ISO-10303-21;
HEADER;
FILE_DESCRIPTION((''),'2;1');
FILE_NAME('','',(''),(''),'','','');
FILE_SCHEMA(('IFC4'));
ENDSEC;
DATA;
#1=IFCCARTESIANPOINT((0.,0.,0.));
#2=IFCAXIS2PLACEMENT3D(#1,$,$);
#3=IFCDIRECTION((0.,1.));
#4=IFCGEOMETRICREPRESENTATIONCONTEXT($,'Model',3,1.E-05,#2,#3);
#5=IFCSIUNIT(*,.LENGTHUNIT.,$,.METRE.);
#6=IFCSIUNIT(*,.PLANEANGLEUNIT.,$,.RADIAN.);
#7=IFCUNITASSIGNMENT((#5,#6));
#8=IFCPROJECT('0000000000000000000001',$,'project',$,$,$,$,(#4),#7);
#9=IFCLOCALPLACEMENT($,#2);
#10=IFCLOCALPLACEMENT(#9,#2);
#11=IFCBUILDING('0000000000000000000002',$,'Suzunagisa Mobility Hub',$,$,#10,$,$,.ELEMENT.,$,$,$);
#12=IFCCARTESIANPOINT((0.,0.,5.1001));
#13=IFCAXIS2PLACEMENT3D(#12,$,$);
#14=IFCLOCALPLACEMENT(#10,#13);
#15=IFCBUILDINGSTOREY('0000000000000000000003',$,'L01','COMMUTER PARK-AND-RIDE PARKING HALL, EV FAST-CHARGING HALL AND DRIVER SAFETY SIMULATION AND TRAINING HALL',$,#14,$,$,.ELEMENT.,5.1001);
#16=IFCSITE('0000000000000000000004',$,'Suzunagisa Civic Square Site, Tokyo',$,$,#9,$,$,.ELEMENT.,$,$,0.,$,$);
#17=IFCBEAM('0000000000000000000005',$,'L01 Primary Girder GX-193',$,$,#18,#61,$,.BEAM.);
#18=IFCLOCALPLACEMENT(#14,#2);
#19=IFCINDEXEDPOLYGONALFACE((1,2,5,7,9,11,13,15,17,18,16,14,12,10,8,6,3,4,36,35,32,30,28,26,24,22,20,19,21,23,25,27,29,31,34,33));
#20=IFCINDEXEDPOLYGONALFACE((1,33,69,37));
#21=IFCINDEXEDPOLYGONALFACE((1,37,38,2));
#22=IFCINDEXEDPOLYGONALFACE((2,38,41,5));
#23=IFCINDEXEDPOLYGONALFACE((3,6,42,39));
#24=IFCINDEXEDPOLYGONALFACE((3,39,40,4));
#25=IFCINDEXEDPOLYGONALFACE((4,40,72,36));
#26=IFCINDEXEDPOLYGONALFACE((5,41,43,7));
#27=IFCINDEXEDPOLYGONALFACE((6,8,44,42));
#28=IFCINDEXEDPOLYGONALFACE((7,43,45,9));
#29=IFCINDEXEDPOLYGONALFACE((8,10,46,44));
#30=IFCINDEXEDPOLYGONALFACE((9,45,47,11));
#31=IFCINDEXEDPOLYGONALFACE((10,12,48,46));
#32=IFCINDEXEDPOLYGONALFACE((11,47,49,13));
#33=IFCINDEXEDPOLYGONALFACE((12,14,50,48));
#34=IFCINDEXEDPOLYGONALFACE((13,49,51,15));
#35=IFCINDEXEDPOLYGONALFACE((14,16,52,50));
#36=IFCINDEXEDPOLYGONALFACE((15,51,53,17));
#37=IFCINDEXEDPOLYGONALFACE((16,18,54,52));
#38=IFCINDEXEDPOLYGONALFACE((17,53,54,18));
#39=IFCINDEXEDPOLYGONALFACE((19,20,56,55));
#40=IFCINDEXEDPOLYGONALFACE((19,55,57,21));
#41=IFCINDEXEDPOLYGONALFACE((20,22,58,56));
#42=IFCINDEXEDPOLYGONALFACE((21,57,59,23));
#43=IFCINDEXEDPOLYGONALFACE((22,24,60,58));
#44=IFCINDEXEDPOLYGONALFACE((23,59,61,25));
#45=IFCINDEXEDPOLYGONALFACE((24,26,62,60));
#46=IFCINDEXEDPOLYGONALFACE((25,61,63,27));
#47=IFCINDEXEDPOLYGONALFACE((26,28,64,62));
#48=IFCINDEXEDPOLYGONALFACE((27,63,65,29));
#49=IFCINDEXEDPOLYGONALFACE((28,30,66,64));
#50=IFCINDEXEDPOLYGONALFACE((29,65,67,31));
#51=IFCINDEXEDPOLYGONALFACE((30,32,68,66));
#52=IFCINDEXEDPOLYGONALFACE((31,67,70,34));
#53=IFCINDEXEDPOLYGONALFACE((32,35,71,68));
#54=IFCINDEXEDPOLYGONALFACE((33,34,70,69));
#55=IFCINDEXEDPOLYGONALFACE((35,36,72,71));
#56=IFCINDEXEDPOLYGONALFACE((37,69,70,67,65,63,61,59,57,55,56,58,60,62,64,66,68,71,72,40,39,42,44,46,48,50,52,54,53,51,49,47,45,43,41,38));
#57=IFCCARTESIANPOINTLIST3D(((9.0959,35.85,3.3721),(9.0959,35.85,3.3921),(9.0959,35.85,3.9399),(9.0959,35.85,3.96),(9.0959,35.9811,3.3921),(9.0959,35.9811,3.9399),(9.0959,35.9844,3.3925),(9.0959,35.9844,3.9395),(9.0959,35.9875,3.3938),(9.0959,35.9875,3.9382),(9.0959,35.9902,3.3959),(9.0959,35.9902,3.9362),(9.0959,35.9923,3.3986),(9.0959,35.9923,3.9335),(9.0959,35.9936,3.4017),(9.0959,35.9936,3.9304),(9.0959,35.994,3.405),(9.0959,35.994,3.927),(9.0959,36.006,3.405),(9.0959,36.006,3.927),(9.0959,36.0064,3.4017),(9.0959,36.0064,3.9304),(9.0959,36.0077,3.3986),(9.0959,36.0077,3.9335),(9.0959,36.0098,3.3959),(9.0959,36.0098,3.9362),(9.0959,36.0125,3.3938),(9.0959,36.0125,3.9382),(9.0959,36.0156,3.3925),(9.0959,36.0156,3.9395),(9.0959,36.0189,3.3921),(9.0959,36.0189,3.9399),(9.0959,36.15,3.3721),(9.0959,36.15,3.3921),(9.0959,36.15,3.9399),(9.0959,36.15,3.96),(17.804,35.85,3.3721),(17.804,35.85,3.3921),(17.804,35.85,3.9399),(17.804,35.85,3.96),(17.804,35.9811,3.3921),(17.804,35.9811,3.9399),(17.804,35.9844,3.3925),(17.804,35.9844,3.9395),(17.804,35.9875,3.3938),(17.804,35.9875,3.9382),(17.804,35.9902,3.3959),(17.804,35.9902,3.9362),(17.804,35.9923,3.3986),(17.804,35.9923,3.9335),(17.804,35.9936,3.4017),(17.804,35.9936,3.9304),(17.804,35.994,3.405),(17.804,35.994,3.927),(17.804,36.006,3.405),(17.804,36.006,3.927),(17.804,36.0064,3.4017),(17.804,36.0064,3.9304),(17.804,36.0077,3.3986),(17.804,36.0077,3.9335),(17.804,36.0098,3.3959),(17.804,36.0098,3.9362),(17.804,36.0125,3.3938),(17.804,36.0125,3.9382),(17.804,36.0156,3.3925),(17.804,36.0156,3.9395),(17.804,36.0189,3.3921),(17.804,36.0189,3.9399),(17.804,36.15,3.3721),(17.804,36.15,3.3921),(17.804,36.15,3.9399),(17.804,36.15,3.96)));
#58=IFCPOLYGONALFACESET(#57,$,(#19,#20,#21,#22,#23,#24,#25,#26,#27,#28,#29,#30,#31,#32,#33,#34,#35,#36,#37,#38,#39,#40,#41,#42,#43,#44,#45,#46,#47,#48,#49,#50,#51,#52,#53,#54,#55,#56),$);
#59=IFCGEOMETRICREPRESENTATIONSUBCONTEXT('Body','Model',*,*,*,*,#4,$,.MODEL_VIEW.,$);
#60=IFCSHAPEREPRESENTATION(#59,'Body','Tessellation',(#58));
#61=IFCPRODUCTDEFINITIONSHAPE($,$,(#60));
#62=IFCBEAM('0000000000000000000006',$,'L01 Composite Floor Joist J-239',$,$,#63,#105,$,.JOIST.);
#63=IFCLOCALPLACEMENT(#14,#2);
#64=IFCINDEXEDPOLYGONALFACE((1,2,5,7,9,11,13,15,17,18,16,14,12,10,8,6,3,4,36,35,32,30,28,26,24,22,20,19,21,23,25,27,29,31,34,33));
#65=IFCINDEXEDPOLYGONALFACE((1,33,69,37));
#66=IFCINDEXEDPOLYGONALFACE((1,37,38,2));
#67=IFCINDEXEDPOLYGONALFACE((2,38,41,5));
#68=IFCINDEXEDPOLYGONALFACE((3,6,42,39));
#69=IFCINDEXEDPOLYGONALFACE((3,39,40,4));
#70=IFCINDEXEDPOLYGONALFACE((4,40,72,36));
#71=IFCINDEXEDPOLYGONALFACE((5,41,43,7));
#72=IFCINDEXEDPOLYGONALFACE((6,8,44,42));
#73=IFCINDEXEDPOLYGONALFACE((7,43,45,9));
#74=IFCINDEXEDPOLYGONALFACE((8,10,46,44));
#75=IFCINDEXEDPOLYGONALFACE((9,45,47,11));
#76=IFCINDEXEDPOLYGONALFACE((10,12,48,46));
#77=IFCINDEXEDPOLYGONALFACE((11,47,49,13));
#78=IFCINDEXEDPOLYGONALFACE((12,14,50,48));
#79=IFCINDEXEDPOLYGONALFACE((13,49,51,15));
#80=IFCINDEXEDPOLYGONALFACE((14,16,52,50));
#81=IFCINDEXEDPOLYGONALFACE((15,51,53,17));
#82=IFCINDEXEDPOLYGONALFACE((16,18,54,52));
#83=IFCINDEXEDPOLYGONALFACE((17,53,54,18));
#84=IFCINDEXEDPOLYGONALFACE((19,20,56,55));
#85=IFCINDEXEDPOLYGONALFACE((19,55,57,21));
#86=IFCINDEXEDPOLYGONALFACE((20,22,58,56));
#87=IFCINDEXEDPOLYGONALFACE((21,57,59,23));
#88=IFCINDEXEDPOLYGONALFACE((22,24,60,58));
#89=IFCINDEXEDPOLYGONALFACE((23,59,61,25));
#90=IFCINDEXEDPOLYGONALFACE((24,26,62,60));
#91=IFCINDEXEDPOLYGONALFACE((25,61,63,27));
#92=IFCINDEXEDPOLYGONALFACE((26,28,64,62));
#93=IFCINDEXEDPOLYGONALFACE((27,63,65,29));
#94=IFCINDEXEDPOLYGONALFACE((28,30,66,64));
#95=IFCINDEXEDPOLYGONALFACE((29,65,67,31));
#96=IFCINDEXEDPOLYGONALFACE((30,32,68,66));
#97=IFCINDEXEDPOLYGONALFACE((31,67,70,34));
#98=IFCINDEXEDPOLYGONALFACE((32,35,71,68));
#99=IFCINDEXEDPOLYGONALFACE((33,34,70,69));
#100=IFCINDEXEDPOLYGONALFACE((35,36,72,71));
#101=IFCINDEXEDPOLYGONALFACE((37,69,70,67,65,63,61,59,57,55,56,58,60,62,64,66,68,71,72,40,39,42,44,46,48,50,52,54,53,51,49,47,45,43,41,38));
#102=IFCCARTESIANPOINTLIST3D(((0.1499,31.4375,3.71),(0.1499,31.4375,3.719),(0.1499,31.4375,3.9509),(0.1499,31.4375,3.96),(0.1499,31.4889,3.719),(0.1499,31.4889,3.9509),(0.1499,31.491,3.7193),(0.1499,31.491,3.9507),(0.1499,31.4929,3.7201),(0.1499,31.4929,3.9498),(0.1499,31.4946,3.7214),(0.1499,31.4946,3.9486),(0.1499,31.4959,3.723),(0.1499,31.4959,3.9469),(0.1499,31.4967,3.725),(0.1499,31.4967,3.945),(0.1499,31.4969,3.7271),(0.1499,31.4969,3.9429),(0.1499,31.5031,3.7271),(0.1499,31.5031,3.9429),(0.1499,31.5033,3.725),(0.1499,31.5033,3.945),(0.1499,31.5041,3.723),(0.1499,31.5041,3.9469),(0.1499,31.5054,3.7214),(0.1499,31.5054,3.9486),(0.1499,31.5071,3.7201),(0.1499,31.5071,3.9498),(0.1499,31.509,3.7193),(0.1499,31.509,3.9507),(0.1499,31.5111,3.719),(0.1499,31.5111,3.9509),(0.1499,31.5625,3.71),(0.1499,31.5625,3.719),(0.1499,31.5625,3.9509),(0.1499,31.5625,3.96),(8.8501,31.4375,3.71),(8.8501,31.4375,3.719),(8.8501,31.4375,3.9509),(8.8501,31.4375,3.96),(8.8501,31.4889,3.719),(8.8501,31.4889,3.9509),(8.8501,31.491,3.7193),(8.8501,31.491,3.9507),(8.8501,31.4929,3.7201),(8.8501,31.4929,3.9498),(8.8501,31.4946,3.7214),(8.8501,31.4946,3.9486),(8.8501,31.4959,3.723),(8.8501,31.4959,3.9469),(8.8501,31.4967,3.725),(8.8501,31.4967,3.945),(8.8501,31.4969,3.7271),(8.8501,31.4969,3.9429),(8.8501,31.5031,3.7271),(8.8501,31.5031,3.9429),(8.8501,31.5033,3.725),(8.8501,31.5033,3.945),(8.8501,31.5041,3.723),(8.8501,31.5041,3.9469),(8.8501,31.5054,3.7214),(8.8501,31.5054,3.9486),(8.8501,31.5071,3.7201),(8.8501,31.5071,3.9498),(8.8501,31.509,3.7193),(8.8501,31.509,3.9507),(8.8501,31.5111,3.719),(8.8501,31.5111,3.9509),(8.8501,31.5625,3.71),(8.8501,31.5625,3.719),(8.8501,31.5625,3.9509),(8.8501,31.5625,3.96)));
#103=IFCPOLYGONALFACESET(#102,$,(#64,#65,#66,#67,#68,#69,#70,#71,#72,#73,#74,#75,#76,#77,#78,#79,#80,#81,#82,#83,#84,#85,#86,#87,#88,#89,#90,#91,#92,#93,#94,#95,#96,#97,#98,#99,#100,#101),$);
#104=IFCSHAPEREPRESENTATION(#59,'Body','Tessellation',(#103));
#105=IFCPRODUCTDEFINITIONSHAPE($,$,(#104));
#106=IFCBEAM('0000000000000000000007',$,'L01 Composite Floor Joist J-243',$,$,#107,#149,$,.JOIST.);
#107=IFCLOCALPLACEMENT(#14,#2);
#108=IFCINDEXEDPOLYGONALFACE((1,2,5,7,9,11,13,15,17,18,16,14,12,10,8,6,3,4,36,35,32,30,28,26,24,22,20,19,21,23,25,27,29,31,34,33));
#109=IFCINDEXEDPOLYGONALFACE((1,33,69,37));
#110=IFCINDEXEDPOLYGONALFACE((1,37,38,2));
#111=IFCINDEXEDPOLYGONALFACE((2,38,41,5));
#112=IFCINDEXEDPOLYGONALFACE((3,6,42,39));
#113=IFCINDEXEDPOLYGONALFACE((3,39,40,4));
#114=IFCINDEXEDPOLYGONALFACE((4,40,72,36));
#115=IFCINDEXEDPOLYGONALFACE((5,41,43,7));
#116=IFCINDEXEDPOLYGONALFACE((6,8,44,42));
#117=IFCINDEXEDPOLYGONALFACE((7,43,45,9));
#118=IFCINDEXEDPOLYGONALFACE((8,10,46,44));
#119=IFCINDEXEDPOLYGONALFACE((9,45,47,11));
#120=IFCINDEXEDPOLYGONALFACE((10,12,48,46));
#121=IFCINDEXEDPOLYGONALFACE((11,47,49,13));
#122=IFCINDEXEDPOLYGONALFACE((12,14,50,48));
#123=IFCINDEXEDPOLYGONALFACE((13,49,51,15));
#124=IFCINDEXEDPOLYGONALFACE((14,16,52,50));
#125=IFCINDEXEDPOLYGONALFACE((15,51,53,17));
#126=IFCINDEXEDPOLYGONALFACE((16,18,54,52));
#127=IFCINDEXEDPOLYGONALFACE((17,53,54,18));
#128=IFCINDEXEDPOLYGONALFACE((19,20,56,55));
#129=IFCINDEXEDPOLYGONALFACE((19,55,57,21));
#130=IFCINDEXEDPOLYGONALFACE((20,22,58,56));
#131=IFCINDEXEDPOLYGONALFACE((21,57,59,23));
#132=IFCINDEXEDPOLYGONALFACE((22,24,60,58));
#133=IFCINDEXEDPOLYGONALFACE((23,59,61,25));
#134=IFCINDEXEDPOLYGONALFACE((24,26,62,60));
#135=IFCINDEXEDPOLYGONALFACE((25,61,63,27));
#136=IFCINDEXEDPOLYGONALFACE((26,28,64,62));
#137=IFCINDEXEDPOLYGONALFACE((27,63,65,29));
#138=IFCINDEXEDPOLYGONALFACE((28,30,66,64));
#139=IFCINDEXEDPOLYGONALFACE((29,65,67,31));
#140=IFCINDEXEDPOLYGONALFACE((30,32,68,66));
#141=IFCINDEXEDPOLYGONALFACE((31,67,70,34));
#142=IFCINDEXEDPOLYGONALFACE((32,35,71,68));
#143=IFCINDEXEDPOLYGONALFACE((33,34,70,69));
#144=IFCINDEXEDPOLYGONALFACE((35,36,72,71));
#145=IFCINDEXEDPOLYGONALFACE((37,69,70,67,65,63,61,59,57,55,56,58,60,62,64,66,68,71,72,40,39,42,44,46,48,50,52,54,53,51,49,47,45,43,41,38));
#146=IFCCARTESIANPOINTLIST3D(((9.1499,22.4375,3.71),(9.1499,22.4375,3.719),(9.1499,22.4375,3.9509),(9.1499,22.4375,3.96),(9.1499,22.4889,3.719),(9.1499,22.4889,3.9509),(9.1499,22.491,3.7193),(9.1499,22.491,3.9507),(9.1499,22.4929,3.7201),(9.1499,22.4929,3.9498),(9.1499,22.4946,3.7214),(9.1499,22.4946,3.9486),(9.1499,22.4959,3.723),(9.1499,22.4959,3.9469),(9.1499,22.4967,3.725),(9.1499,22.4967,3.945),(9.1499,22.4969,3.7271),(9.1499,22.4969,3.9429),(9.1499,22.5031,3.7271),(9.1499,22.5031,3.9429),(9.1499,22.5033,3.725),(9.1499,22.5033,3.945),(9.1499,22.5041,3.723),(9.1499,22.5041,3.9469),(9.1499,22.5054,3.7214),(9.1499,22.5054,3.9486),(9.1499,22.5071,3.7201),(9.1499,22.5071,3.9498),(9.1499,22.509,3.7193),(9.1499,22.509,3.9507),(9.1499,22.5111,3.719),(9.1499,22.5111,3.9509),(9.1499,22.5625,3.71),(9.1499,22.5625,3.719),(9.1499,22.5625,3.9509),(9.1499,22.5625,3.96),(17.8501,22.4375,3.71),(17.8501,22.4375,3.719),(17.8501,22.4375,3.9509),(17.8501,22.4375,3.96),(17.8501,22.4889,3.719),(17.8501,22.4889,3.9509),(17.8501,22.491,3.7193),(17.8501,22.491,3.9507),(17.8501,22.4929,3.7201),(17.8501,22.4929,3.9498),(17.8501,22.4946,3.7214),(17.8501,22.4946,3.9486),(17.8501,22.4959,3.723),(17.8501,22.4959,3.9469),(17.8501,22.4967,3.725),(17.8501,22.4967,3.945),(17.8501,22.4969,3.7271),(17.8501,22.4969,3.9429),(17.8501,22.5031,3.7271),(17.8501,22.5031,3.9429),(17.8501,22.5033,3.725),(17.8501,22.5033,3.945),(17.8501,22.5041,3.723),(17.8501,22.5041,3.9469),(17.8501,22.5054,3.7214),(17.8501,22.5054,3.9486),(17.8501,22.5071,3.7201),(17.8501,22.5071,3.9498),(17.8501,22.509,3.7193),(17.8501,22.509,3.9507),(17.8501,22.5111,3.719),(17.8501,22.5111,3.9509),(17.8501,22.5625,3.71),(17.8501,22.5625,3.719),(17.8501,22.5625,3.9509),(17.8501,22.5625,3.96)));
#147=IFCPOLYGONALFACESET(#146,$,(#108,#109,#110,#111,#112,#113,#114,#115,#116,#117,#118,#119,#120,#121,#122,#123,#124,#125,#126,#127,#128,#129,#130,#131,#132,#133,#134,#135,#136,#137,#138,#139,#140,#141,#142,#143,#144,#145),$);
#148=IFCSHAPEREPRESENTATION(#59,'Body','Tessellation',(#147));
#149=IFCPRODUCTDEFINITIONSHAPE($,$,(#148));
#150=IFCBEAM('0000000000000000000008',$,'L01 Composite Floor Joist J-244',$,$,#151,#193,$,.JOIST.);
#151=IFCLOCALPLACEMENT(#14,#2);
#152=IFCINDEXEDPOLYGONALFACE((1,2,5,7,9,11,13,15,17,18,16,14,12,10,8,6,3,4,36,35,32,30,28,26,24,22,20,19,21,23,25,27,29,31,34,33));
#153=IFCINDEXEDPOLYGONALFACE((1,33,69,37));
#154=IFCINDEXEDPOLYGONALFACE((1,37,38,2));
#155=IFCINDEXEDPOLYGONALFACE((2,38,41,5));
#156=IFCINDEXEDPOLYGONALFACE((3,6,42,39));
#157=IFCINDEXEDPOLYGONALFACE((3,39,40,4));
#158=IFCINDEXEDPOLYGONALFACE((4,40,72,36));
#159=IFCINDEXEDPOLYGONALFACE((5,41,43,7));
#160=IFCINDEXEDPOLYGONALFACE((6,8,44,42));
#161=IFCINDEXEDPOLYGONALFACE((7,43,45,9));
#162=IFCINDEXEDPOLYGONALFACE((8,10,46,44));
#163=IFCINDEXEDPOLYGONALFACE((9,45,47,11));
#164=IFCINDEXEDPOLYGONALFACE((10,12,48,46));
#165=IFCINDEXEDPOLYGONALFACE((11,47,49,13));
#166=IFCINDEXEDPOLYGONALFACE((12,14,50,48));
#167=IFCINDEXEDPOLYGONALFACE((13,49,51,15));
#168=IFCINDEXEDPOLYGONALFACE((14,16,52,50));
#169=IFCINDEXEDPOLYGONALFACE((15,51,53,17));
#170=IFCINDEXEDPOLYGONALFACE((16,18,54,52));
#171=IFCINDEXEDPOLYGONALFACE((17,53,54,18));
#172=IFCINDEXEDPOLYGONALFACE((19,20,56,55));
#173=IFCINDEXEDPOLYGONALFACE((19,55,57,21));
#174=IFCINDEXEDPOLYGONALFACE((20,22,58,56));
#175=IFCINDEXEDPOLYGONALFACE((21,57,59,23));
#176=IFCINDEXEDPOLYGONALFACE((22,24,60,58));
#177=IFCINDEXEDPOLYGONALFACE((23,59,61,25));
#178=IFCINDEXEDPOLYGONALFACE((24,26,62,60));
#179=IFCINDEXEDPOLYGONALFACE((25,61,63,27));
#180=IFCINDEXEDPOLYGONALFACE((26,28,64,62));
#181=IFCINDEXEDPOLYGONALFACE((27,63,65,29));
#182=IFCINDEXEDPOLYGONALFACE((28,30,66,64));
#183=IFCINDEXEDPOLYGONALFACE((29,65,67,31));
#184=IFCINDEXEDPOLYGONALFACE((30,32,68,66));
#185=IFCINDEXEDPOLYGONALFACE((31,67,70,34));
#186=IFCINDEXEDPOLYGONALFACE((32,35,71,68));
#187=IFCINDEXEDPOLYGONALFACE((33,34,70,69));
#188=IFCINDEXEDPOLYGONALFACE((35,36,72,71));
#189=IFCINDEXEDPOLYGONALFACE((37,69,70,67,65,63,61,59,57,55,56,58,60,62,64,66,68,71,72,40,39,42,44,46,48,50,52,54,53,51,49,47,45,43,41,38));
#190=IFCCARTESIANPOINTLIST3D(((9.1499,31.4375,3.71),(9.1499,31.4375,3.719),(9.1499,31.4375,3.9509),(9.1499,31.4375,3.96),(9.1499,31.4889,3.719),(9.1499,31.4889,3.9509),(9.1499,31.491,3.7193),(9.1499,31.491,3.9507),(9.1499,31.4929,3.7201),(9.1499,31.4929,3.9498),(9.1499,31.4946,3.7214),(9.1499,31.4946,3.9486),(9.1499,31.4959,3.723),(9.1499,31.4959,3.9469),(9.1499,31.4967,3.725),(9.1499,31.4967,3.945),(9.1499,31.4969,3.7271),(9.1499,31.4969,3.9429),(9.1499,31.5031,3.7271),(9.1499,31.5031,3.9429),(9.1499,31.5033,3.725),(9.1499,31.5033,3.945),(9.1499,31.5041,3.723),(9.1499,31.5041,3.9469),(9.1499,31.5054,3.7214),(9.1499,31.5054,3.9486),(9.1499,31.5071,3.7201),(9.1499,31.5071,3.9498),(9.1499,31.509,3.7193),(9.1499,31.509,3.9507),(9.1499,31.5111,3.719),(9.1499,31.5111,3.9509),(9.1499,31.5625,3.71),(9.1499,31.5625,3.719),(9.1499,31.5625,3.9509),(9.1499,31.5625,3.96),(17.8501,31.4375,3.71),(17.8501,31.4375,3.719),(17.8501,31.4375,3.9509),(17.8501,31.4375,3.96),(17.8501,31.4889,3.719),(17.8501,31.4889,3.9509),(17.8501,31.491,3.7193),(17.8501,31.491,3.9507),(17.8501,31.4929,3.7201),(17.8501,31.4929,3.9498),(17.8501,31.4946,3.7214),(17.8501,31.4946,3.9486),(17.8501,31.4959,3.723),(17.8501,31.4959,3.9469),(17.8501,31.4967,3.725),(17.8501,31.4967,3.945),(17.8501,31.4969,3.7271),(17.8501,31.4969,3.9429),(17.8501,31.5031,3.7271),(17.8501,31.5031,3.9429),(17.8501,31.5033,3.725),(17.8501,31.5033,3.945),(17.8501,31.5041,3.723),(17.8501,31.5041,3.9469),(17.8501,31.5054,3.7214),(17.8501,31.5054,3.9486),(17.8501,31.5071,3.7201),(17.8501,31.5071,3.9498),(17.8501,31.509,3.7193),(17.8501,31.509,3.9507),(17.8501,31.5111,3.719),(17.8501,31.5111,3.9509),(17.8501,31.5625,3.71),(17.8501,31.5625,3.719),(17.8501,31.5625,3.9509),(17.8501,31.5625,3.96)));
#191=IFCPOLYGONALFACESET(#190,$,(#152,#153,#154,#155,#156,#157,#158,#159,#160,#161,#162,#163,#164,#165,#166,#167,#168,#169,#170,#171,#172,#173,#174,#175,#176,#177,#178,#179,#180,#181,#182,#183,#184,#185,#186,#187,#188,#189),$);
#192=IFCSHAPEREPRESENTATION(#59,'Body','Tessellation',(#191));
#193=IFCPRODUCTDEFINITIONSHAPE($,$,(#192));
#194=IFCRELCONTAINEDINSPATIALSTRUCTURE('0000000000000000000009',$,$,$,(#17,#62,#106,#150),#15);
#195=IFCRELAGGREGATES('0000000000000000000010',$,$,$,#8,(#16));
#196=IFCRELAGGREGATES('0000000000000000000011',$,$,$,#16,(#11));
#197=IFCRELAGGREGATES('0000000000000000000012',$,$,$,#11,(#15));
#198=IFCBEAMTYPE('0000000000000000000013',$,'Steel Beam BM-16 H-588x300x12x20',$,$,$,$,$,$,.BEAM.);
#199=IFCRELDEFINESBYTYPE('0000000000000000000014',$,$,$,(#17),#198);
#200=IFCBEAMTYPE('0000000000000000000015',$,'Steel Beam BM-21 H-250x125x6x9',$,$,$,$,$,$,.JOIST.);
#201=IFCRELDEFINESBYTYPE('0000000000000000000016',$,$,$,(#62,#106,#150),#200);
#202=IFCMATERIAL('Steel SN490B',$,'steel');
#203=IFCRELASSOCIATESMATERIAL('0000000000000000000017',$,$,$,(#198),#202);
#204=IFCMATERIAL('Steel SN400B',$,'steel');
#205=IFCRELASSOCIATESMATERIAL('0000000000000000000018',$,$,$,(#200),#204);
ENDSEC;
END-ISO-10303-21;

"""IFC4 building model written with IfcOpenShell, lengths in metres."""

from ifc_helpers import new_model, si_unit, direction, frame, origin, origin_2d, place, context, subcontext, project, spatial, i_section, extrude, material, material_profile, profile_set, type_object, element, save


model = new_model("IFC4")

# Units and contexts
model_context = context("Model", 3, precision=1e-05, world=origin(), true_north=direction((0.0, 1.0)))
body_context = subcontext(model_context, "Body", "Model", "MODEL_VIEW")
ifc_project = project(units=[si_unit("LENGTHUNIT", "METRE"), si_unit("PLANEANGLEUNIT", "RADIAN")], contexts=[model_context])

# Site, building, storey
site_placement = place(None, origin())
site = spatial("IfcSite", under=ifc_project, at=site_placement, Name="Suzunagisa Civic Square Site, Tokyo", CompositionType="ELEMENT", RefElevation=0.0)
building_placement = place(site_placement, origin())
building = spatial("IfcBuilding", under=site, at=building_placement, Name="Suzunagisa Mobility Hub", CompositionType="ELEMENT")
storey_placement = place(building_placement, frame((0.0, 0.0, 5.1001)))
storey = spatial("IfcBuildingStorey", under=building, at=storey_placement, Name="L01", Description="COMMUTER PARK-AND-RIDE PARKING HALL, EV FAST-CHARGING HALL AND DRIVER SAFETY SIMULATION AND TRAINING HALL", CompositionType="ELEMENT", Elevation=5.1001)

# Shared definitions
ifc_material_1 = material(Name="Steel SN490B", Category="steel")

# Beams
ifc_material_profile_1 = material_profile(ifc_material_1, i_section(OverallWidth=0.3, OverallDepth=0.5879, WebThickness=0.012, FlangeThickness=0.02, FilletRadius=0.0129, at=origin_2d()), Name="H-588x300x12x20")
ifc_profile_set_1 = profile_set([ifc_material_profile_1], Name="Steel SN490B")
beam_type_1 = type_object("IfcBeamType", Name="Steel Beam BM-16 H-588x300x12x20", PredefinedType="BEAM", material=ifc_profile_set_1)
beam_1_placement = place(storey_placement, frame((9.0959, 36.0, 3.666), z_axis=(1.0, 0.0, 0.0), x_axis=(0.0, 1.0, 0.0)))
element("IfcBeam", 1, at=beam_1_placement, inside=storey, type_object=beam_type_1, Name="L01 Primary Girder GX-193", PredefinedType="BEAM", context=body_context, shape_type="SweptSolid", body=[
    extrude(i_section(OverallWidth=0.3, OverallDepth=0.5879, WebThickness=0.012, FlangeThickness=0.02, FilletRadius=0.0129, at=origin_2d()), origin(), (0.0, 0.0, 1.0), 8.708),
])
ifc_material_2 = material(Name="Steel SN400B", Category="steel")
ifc_material_profile_2 = material_profile(ifc_material_2, i_section(OverallWidth=0.125, OverallDepth=0.25, WebThickness=0.0061, FlangeThickness=0.009, FilletRadius=0.0081, at=origin_2d()), Name="H-250x125x6x9")
ifc_profile_set_2 = profile_set([ifc_material_profile_2], Name="Steel SN400B")
beam_type_2 = type_object("IfcBeamType", Name="Steel Beam BM-21 H-250x125x6x9", PredefinedType="JOIST", material=ifc_profile_set_2)
for number, where, z_axis, x_axis, name in (
    (2, (0.1499, 31.5, 3.835), (1.0, 0.0, 0.0), (0.0, 1.0, 0.0), "L01 Composite Floor Joist J-239"),
    (3, (9.1499, 22.5, 3.835), (1.0, 0.0, 0.0), (0.0, 1.0, 0.0), "L01 Composite Floor Joist J-243"),
    (4, (9.1499, 31.5, 3.835), (1.0, 0.0, 0.0), (0.0, 1.0, 0.0), "L01 Composite Floor Joist J-244"),
):
    element("IfcBeam", number, at=place(storey_placement, frame(where, z_axis=z_axis, x_axis=x_axis)), inside=storey, type_object=beam_type_2, Name=name, PredefinedType="JOIST", context=body_context, shape_type="SweptSolid", body=[
        extrude(i_section(OverallWidth=0.125, OverallDepth=0.25, WebThickness=0.0061, FlangeThickness=0.009, FilletRadius=0.0081, at=origin_2d()), origin(), (0.0, 0.0, 1.0), 8.7002),
    ])

save(model, "model.ifc")
